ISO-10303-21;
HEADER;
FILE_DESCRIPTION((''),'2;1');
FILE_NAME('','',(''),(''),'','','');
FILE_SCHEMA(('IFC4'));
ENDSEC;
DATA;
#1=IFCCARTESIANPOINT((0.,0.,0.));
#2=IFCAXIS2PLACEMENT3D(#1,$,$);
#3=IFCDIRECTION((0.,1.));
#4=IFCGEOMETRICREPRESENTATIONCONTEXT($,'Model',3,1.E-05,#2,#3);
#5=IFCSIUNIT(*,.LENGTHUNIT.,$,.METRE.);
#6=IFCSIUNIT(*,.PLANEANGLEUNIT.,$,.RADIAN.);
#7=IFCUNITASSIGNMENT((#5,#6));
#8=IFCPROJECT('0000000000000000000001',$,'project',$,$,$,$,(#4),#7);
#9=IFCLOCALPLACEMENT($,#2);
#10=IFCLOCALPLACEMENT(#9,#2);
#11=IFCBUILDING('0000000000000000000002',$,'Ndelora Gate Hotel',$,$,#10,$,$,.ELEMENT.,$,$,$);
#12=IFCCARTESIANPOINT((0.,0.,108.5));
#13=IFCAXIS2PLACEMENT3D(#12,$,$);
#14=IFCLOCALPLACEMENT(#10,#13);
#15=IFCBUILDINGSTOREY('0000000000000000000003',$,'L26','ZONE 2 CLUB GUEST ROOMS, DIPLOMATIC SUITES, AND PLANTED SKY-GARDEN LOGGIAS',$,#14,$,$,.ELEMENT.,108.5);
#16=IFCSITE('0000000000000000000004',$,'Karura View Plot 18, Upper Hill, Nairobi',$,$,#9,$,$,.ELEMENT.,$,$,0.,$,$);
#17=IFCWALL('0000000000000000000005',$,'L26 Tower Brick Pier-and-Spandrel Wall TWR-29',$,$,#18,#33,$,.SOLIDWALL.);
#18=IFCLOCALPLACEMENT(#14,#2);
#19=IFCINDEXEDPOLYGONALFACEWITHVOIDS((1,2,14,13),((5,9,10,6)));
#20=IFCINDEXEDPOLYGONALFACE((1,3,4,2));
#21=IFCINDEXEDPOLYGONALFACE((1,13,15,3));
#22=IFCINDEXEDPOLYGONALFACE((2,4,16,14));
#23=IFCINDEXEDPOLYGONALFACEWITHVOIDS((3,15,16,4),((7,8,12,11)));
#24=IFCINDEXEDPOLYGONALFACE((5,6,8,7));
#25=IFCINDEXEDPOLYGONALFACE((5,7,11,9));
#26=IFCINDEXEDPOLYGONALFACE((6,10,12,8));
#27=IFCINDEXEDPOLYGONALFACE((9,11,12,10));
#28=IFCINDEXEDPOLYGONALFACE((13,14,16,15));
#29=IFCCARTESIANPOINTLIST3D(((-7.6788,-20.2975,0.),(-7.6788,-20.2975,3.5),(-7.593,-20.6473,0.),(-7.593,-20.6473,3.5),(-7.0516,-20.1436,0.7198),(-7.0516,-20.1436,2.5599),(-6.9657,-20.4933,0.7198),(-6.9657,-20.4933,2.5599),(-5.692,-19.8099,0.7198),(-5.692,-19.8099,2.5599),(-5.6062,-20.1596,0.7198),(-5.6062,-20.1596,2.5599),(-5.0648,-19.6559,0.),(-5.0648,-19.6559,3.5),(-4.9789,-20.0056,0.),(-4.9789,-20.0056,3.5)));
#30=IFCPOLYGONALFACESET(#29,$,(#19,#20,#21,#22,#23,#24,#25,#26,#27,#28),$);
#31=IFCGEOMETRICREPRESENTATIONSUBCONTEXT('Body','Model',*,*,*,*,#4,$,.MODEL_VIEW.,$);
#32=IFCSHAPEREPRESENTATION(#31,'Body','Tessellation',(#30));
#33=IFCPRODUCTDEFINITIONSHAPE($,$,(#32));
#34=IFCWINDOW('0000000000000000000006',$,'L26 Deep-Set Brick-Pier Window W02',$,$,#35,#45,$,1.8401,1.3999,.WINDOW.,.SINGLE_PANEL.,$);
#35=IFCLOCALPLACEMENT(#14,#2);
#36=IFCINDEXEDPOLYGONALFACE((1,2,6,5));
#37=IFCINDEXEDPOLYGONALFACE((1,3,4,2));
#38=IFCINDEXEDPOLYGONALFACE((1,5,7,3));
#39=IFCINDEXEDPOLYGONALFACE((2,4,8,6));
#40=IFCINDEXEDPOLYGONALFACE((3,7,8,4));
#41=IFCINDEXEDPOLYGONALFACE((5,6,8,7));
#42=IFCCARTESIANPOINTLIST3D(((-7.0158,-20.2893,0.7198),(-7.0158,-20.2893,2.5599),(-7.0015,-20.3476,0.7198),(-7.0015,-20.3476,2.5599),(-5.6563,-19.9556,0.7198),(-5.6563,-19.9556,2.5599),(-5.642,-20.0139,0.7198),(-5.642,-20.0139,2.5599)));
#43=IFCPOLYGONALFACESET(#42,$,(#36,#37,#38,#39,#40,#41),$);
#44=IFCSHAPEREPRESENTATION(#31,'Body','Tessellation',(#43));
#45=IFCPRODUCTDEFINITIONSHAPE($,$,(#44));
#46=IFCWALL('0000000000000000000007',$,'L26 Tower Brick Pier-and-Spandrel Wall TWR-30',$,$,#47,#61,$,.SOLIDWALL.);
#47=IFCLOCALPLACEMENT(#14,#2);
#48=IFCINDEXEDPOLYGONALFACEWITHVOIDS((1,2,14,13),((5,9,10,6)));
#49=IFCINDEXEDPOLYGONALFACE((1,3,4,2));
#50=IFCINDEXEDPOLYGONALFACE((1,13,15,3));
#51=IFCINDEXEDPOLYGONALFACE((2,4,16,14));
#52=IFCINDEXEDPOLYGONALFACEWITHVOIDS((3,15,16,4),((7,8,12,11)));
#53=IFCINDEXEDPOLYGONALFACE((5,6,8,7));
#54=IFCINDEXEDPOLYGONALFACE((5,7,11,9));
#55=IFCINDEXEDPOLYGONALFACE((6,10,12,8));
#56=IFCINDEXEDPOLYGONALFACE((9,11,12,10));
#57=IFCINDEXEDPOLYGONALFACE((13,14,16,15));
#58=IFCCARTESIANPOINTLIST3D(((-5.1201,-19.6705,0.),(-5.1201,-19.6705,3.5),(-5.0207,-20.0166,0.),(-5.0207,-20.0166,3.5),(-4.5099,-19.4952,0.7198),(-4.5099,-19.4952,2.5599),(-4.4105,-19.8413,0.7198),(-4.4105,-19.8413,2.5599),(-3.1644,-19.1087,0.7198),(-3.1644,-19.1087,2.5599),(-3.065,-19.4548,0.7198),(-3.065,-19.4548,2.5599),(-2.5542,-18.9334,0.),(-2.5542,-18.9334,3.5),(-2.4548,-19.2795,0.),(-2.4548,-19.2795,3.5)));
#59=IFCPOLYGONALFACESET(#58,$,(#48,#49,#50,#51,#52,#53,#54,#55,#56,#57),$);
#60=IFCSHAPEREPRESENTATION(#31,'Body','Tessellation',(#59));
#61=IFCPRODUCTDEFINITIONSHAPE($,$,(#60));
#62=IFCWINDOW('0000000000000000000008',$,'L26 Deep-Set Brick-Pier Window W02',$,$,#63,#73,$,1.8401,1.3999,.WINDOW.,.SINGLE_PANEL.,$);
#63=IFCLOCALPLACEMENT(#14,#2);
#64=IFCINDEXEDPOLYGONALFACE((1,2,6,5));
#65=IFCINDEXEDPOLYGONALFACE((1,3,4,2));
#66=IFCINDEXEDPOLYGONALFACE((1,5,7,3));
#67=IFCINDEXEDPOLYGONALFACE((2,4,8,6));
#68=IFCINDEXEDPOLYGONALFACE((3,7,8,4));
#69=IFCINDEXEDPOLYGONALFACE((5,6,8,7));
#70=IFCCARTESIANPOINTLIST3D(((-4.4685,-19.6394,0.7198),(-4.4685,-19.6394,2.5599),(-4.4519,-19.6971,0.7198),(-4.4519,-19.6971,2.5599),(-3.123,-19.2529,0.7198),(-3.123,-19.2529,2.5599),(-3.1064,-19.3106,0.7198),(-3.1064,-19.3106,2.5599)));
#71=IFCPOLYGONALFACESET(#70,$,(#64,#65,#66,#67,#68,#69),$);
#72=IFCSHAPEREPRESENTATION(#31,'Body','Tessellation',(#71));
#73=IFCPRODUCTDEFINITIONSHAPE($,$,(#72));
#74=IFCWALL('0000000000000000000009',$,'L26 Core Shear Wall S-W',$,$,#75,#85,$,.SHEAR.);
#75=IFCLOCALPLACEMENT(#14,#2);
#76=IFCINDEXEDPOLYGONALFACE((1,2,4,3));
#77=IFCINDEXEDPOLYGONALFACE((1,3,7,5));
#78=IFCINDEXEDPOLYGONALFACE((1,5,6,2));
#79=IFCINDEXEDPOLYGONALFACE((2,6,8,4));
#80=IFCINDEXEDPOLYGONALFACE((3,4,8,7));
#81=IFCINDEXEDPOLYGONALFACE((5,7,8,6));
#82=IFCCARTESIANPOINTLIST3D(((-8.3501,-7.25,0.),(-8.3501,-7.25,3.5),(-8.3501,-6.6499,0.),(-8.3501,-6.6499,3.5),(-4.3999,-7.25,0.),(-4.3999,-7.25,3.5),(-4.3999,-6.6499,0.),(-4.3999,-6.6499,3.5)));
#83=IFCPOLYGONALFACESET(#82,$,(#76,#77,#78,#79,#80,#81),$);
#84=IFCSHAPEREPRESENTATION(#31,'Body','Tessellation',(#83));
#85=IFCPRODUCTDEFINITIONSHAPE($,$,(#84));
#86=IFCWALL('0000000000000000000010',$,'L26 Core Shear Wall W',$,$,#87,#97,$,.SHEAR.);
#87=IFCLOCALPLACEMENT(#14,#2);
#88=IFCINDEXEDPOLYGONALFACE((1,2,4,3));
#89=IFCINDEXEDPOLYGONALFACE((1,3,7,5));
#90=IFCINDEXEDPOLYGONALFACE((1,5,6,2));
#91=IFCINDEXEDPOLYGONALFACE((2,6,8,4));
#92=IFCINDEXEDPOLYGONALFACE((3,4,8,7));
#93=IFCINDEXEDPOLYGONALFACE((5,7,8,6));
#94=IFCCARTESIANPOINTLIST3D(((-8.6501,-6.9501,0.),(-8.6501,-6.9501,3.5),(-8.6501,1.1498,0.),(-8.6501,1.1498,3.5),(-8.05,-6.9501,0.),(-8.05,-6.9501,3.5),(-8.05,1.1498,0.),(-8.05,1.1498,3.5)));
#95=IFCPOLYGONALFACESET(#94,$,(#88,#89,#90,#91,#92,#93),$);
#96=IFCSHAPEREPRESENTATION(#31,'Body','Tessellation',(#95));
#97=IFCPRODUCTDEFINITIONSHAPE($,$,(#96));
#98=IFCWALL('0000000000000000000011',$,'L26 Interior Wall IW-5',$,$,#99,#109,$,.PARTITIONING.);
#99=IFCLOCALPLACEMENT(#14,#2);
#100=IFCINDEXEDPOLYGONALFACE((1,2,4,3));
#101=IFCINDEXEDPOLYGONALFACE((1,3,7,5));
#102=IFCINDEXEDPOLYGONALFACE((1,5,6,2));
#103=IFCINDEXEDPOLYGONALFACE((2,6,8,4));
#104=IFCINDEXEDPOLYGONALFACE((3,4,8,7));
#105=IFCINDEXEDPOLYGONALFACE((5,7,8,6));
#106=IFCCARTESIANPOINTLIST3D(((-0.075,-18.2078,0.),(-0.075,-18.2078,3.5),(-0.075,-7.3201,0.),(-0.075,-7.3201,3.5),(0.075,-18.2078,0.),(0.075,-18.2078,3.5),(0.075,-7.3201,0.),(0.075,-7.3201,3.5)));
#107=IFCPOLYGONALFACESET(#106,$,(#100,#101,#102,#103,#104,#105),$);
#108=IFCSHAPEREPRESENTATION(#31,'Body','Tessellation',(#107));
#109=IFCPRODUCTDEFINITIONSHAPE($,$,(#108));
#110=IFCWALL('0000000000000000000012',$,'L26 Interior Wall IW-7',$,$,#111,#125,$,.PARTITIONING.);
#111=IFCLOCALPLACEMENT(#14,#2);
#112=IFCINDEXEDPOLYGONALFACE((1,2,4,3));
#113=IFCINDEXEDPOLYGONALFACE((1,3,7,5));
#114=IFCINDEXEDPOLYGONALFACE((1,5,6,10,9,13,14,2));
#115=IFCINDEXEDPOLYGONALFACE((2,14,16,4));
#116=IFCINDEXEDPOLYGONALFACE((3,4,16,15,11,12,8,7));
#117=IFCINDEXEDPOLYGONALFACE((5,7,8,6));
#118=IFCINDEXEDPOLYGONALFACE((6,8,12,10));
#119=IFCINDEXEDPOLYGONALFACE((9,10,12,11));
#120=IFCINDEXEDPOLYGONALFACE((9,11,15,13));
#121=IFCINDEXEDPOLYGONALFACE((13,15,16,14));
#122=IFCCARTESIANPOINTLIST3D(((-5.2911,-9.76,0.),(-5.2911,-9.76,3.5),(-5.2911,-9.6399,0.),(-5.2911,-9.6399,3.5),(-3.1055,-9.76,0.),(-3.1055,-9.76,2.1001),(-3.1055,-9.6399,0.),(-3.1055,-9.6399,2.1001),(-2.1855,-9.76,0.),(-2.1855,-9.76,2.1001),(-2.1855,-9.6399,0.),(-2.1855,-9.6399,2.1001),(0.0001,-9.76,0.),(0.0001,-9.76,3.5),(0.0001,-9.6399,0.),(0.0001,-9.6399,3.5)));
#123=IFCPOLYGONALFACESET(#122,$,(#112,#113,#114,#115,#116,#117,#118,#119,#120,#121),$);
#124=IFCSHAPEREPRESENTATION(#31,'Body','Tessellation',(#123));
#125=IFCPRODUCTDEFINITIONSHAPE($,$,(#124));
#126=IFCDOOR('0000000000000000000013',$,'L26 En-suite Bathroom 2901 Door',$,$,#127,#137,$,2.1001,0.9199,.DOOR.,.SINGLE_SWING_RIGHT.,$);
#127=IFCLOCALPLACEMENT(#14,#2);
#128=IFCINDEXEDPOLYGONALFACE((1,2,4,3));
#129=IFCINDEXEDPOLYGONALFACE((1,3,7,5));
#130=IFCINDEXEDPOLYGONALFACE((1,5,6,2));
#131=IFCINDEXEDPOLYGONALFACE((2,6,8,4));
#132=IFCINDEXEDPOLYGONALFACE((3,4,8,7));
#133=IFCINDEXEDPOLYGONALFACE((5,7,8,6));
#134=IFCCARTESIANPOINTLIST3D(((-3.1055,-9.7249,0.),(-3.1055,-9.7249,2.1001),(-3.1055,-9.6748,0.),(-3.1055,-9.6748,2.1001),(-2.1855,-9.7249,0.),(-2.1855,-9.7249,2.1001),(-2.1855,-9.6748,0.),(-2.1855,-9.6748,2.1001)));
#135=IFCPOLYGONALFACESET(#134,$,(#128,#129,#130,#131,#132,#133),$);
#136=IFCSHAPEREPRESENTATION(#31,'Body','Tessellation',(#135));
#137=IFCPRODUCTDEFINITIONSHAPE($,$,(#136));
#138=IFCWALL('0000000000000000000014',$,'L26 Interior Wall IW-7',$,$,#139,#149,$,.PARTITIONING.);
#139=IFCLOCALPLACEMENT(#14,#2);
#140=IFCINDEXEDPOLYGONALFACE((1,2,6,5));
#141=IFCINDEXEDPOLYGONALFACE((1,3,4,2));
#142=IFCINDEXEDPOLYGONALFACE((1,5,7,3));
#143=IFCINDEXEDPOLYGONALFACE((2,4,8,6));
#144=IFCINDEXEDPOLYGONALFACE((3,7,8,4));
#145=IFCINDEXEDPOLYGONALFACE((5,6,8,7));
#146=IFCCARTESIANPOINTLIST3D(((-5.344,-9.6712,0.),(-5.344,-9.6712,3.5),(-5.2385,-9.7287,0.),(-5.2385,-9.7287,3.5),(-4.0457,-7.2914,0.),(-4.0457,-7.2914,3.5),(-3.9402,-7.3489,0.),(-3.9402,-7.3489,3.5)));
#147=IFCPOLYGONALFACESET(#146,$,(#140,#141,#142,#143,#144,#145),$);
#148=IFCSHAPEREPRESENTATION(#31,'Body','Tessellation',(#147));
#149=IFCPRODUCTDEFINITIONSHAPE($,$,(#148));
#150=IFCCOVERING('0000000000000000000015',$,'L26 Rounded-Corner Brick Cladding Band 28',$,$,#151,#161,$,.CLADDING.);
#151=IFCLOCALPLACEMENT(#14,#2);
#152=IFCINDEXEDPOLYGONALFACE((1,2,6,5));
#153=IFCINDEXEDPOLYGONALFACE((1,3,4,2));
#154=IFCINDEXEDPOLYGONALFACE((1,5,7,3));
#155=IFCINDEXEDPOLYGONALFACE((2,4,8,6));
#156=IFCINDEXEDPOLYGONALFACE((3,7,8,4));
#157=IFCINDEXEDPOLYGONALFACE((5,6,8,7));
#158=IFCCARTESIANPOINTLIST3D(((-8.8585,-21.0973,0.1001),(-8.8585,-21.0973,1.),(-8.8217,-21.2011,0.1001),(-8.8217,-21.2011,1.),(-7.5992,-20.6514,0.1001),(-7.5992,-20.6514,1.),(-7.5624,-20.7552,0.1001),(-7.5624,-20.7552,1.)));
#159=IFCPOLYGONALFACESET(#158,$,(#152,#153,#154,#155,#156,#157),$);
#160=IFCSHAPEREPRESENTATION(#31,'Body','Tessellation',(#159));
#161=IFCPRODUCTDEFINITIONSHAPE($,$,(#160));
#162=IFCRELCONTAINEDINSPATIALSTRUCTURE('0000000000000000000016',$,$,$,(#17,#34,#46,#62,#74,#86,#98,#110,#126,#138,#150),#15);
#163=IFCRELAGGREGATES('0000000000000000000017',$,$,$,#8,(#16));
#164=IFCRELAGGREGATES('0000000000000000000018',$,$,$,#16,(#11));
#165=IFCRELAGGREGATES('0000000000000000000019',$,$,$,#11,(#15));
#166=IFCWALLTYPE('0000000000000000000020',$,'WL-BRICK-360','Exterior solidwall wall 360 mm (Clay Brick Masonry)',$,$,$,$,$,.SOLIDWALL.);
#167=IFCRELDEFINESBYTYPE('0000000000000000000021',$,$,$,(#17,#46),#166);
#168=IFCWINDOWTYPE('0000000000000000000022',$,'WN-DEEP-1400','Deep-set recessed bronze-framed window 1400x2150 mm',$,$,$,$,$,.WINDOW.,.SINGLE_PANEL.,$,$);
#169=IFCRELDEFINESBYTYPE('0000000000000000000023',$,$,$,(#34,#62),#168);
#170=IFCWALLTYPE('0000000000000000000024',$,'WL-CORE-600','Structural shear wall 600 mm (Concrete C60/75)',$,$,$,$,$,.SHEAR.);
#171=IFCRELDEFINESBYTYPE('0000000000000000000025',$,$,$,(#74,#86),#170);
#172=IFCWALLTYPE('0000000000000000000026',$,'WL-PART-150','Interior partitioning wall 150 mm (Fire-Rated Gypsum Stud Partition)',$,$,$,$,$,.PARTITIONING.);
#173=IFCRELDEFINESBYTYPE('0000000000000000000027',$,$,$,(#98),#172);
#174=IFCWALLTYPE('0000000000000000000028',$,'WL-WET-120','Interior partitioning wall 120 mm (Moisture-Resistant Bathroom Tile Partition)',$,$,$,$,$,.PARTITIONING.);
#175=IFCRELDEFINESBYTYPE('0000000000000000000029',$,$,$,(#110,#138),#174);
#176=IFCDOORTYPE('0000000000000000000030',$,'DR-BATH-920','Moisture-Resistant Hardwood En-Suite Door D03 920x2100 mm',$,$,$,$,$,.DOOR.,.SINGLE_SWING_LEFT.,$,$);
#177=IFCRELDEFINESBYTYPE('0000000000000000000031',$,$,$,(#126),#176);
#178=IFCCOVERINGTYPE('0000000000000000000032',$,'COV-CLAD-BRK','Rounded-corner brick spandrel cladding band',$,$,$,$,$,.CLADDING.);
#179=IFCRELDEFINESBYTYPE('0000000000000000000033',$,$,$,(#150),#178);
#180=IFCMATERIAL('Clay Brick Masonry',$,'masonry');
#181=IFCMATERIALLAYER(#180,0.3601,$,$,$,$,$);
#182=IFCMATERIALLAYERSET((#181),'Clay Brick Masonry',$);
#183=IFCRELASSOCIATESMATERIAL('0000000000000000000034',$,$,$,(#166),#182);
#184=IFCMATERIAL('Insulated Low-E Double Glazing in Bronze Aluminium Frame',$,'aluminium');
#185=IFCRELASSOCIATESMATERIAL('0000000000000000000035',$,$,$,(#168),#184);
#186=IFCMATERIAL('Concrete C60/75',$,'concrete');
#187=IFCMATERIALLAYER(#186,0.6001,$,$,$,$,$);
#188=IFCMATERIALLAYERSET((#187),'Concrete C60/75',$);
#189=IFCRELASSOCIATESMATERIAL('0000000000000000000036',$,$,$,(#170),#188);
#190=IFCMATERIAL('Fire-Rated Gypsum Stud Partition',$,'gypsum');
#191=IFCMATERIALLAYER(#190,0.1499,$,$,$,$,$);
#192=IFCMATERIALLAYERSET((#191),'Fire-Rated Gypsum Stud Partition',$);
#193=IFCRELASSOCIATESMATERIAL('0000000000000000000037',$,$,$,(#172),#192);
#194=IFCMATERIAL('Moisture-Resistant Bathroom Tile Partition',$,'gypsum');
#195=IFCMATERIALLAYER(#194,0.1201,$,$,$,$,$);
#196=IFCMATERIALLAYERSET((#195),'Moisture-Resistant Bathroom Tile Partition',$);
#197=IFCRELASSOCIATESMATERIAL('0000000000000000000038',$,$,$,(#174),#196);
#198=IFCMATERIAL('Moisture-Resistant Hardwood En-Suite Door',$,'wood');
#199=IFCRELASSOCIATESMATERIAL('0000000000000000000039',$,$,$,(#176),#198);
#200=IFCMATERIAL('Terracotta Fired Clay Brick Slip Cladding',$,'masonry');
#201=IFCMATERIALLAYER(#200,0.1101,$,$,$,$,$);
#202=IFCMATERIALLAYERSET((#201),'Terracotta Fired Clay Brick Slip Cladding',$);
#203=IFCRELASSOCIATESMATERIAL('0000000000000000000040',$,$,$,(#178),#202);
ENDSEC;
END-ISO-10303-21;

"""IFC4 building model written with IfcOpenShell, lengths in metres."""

from ifc_helpers import new_model, si_unit, direction, frame, frame_2d, origin, origin_2d, place, context, subcontext, project, spatial, rectangle, extrude, material, layer, layer_set, type_object, element, fill, save


model = new_model("IFC4")

# Units and contexts
model_context = context("Model", 3, precision=1e-05, world=origin(), true_north=direction((0.0, 1.0)))
body_context = subcontext(model_context, "Body", "Model", "MODEL_VIEW")
ifc_project = project(units=[si_unit("LENGTHUNIT", "METRE"), si_unit("PLANEANGLEUNIT", "RADIAN")], contexts=[model_context])

# Site, building, storey
site_placement = place(None, origin())
site = spatial("IfcSite", under=ifc_project, at=site_placement, Name="Karura View Plot 18, Upper Hill, Nairobi", CompositionType="ELEMENT", RefElevation=0.0)
building_placement = place(site_placement, origin())
building = spatial("IfcBuilding", under=site, at=building_placement, Name="Ndelora Gate Hotel", CompositionType="ELEMENT")
storey_placement = place(building_placement, frame((0.0, 0.0, 108.5)))
storey = spatial("IfcBuildingStorey", under=building, at=storey_placement, Name="L26", Description="ZONE 2 CLUB GUEST ROOMS, DIPLOMATIC SUITES, AND PLANTED SKY-GARDEN LOGGIAS", CompositionType="ELEMENT", Elevation=108.5)

# Shared definitions
ifc_material_1 = material(Name="Concrete C60/75", Category="concrete")

# Shared definitions
ifc_material_2 = material(Name="Clay Brick Masonry", Category="masonry")
ifc_layer_1 = layer(ifc_material_2, 0.3601)
ifc_layer_set_1 = layer_set([ifc_layer_1], Name="Clay Brick Masonry")
wall_type_1 = type_object("IfcWallType", Name="WL-BRICK-360", Description="Exterior solidwall wall 360 mm (Clay Brick Masonry)", PredefinedType="SOLIDWALL", material=ifc_layer_set_1)

# Walls, openings, windows
wall_1_placement = place(storey_placement, frame((-5.022, -19.8308, 0.0), z_axis=(0.0, 0.0, 1.0), x_axis=(-0.971174, -0.238372, 0.0)))
wall_1 = element("IfcWall", 1, at=wall_1_placement, inside=storey, type_object=wall_type_1, Name="L26 Tower Brick Pier-and-Spandrel Wall TWR-29", PredefinedType="SOLIDWALL", context=body_context, shape_type="SweptSolid", body=[
    extrude(rectangle(XDim=2.6917, YDim=0.3601, at=frame_2d((1.3457, 0.0))), origin(), (0.0, 0.0, 1.0), 3.5),
])
opening_1_placement = place(wall_1_placement, frame((0.6458, 0.0, 0.72)))
opening_1 = element("IfcOpeningElement", 2, at=opening_1_placement, cuts=wall_1, PredefinedType="OPENING", context=body_context, shape_type="SweptSolid", body=[
    extrude(rectangle(XDim=1.3999, YDim=1.8401, at=frame_2d((0.7, 0.9199))), frame((0.0, 0.1899, 0.0), z_axis=(0.0, -1.0, 0.0), x_axis=(1.0, 0.0, 0.0)), (0.0, 0.0, 1.0), 0.3801),
])
ifc_material_3 = material(Name="Insulated Low-E Double Glazing in Bronze Aluminium Frame", Category="aluminium")
window_type = type_object("IfcWindowType", Name="WN-DEEP-1400", Description="Deep-set recessed bronze-framed window 1400x2150 mm", PartitioningType="SINGLE_PANEL", PredefinedType="WINDOW", material=ifc_material_3)
window_1_placement = place(opening_1_placement, origin())
window_1 = element("IfcWindow", 3, at=window_1_placement, inside=storey, type_object=window_type, Name="L26 Deep-Set Brick-Pier Window W02", OverallHeight=1.8401, OverallWidth=1.3999, PartitioningType="SINGLE_PANEL", PredefinedType="WINDOW", context=body_context, shape_type="SweptSolid", body=[
    extrude(rectangle(XDim=1.3999, YDim=1.8401, at=frame_2d((0.7, 0.9199))), frame((0.0, 0.03, 0.0), z_axis=(0.0, -1.0, 0.0), x_axis=(1.0, 0.0, 0.0)), (0.0, 0.0, 1.0), 0.0601),
])
fill(opening_1, window_1)
wall_2_placement = place(storey_placement, frame((-2.5044, -19.1064, 0.0), z_axis=(0.0, 0.0, 1.0), x_axis=(-0.961133, -0.276086, 0.0)))
wall_2 = element("IfcWall", 4, at=wall_2_placement, inside=storey, type_object=wall_type_1, Name="L26 Tower Brick Pier-and-Spandrel Wall TWR-30", PredefinedType="SOLIDWALL", context=body_context, shape_type="SweptSolid", body=[
    extrude(rectangle(XDim=2.6697, YDim=0.3601, at=frame_2d((1.335, 0.0))), origin(), (0.0, 0.0, 1.0), 3.5),
])
opening_2_placement = place(wall_2_placement, frame((0.635, 0.0, 0.72)))
opening_2 = element("IfcOpeningElement", 5, at=opening_2_placement, cuts=wall_2, PredefinedType="OPENING", context=body_context, shape_type="SweptSolid", body=[
    extrude(rectangle(XDim=1.3999, YDim=1.8401, at=frame_2d((0.7, 0.9199))), frame((0.0, 0.1899, 0.0), z_axis=(0.0, -1.0, 0.0), x_axis=(1.0, 0.0, 0.0)), (0.0, 0.0, 1.0), 0.3801),
])
window_2_placement = place(opening_2_placement, origin())
window_2 = element("IfcWindow", 6, at=window_2_placement, inside=storey, type_object=window_type, Name="L26 Deep-Set Brick-Pier Window W02", OverallHeight=1.8401, OverallWidth=1.3999, PartitioningType="SINGLE_PANEL", PredefinedType="WINDOW", context=body_context, shape_type="SweptSolid", body=[
    extrude(rectangle(XDim=1.3999, YDim=1.8401, at=frame_2d((0.7, 0.9199))), frame((0.0, 0.03, 0.0), z_axis=(0.0, -1.0, 0.0), x_axis=(1.0, 0.0, 0.0)), (0.0, 0.0, 1.0), 0.0601),
])
fill(opening_2, window_2)

# Walls
ifc_layer_2 = layer(ifc_material_1, 0.6001)
ifc_layer_set_2 = layer_set([ifc_layer_2], Name="Concrete C60/75")
wall_type_2 = type_object("IfcWallType", Name="WL-CORE-600", Description="Structural shear wall 600 mm (Concrete C60/75)", PredefinedType="SHEAR", material=ifc_layer_set_2)
wall_3_placement = place(storey_placement, frame((-8.3501, -6.95, 0.0), z_axis=(0.0, 0.0, 1.0), x_axis=(1.0, 0.0, 0.0)))
element("IfcWall", 7, at=wall_3_placement, inside=storey, type_object=wall_type_2, Name="L26 Core Shear Wall S-W", PredefinedType="SHEAR", context=body_context, shape_type="SweptSolid", body=[
    extrude(rectangle(XDim=3.9502, YDim=0.6001, at=frame_2d((1.9751, 0.0))), origin(), (0.0, 0.0, 1.0), 3.5),
])
wall_4_placement = place(storey_placement, frame((-8.3501, -6.95, 0.0), z_axis=(0.0, 0.0, 1.0), x_axis=(0.0, 1.0, 0.0)))
element("IfcWall", 8, at=wall_4_placement, inside=storey, type_object=wall_type_2, Name="L26 Core Shear Wall W", PredefinedType="SHEAR", context=body_context, shape_type="SweptSolid", body=[
    extrude(rectangle(XDim=8.0999, YDim=0.6001, at=frame_2d((4.0498, 0.0))), origin(), (0.0, 0.0, 1.0), 3.5),
])
ifc_material_4 = material(Name="Fire-Rated Gypsum Stud Partition", Category="gypsum")
ifc_layer_3 = layer(ifc_material_4, 0.1499)
ifc_layer_set_3 = layer_set([ifc_layer_3], Name="Fire-Rated Gypsum Stud Partition")
wall_type_3 = type_object("IfcWallType", Name="WL-PART-150", Description="Interior partitioning wall 150 mm (Fire-Rated Gypsum Stud Partition)", PredefinedType="PARTITIONING", material=ifc_layer_set_3)
wall_5_placement = place(storey_placement, frame((0.0, -7.3201, 0.0), z_axis=(0.0, 0.0, 1.0), x_axis=(0.0, -1.0, 0.0)))
element("IfcWall", 9, at=wall_5_placement, inside=storey, type_object=wall_type_3, Name="L26 Interior Wall IW-5", PredefinedType="PARTITIONING", context=body_context, shape_type="SweptSolid", body=[
    extrude(rectangle(XDim=10.8877, YDim=0.1499, at=frame_2d((5.4438, 0.0))), origin(), (0.0, 0.0, 1.0), 3.5),
])

# Wall, opening, door
ifc_material_5 = material(Name="Moisture-Resistant Bathroom Tile Partition", Category="gypsum")
ifc_layer_4 = layer(ifc_material_5, 0.1201)
ifc_layer_set_4 = layer_set([ifc_layer_4], Name="Moisture-Resistant Bathroom Tile Partition")
wall_type_4 = type_object("IfcWallType", Name="WL-WET-120", Description="Interior partitioning wall 120 mm (Moisture-Resistant Bathroom Tile Partition)", PredefinedType="PARTITIONING", material=ifc_layer_set_4)
wall_6_placement = place(storey_placement, frame((0.0, -9.7, 0.0), z_axis=(0.0, 0.0, 1.0), x_axis=(-1.0, 0.0, 0.0)))
wall_6 = element("IfcWall", 10, at=wall_6_placement, inside=storey, type_object=wall_type_4, Name="L26 Interior Wall IW-7", PredefinedType="PARTITIONING", context=body_context, shape_type="SweptSolid", body=[
    extrude(rectangle(XDim=5.2913, YDim=0.1201, at=frame_2d((2.6455, 0.0))), origin(), (0.0, 0.0, 1.0), 3.5),
])
opening_3_placement = place(wall_6_placement, frame((2.1855, 0.0, 0.0)))
opening_3 = element("IfcOpeningElement", 11, at=opening_3_placement, cuts=wall_6, PredefinedType="OPENING", context=body_context, shape_type="SweptSolid", body=[
    extrude(rectangle(XDim=0.9199, YDim=2.1001, at=frame_2d((0.46, 1.05))), frame((0.0, 0.0701, 0.0), z_axis=(0.0, -1.0, 0.0), x_axis=(1.0, 0.0, 0.0)), (0.0, 0.0, 1.0), 0.1401),
])
ifc_material_6 = material(Name="Moisture-Resistant Hardwood En-Suite Door", Category="wood")
door_type = type_object("IfcDoorType", Name="DR-BATH-920", Description="Moisture-Resistant Hardwood En-Suite Door D03 920x2100 mm", OperationType="SINGLE_SWING_LEFT", PredefinedType="DOOR", material=ifc_material_6)
door_placement = place(opening_3_placement, origin())
door = element("IfcDoor", 12, at=door_placement, inside=storey, type_object=door_type, Name="L26 En-suite Bathroom 2901 Door", OperationType="SINGLE_SWING_RIGHT", OverallHeight=2.1001, OverallWidth=0.9199, PredefinedType="DOOR", context=body_context, shape_type="SweptSolid", body=[
    extrude(rectangle(XDim=0.9199, YDim=2.1001, at=frame_2d((0.46, 1.05))), frame((0.0, 0.0249, 0.0), z_axis=(0.0, -1.0, 0.0), x_axis=(1.0, 0.0, 0.0)), (0.0, 0.0, 1.0), 0.05),
])
fill(opening_3, door)

# Wall
wall_7_placement = place(storey_placement, frame((-5.2913, -9.7, 0.0), z_axis=(0.0, 0.0, 1.0), x_axis=(0.478915, 0.877861, 0.0)))
element("IfcWall", 13, at=wall_7_placement, inside=storey, type_object=wall_type_4, Name="L26 Interior Wall IW-7", PredefinedType="PARTITIONING", context=body_context, shape_type="SweptSolid", body=[
    extrude(rectangle(XDim=2.7109, YDim=0.1201, at=frame_2d((1.3555, 0.0))), origin(), (0.0, 0.0, 1.0), 3.5),
])

# Covering
ifc_material_7 = material(Name="Terracotta Fired Clay Brick Slip Cladding", Category="masonry")
ifc_layer_5 = layer(ifc_material_7, 0.1101)
ifc_layer_set_5 = layer_set([ifc_layer_5], Name="Terracotta Fired Clay Brick Slip Cladding")
covering_type_1 = type_object("IfcCoveringType", Name="COV-CLAD-BRK", Description="Rounded-corner brick spandrel cladding band", PredefinedType="CLADDING", material=ifc_layer_set_5)
covering_1_placement = place(storey_placement, frame((-8.2104, -20.9263, 0.1001), z_axis=(0.0, 0.0, 1.0), x_axis=(0.942641, 0.333807, 0.0)))
element("IfcCovering", 14, at=covering_1_placement, inside=storey, type_object=covering_type_1, Name="L26 Rounded-Corner Brick Cladding Band 28", PredefinedType="CLADDING", context=body_context, shape_type="SweptSolid", body=[
    extrude(rectangle(XDim=1.3359, YDim=0.1101, at=origin_2d()), origin(), (0.0, 0.0, 1.0), 0.8999),
])

save(model, "model.ifc")
